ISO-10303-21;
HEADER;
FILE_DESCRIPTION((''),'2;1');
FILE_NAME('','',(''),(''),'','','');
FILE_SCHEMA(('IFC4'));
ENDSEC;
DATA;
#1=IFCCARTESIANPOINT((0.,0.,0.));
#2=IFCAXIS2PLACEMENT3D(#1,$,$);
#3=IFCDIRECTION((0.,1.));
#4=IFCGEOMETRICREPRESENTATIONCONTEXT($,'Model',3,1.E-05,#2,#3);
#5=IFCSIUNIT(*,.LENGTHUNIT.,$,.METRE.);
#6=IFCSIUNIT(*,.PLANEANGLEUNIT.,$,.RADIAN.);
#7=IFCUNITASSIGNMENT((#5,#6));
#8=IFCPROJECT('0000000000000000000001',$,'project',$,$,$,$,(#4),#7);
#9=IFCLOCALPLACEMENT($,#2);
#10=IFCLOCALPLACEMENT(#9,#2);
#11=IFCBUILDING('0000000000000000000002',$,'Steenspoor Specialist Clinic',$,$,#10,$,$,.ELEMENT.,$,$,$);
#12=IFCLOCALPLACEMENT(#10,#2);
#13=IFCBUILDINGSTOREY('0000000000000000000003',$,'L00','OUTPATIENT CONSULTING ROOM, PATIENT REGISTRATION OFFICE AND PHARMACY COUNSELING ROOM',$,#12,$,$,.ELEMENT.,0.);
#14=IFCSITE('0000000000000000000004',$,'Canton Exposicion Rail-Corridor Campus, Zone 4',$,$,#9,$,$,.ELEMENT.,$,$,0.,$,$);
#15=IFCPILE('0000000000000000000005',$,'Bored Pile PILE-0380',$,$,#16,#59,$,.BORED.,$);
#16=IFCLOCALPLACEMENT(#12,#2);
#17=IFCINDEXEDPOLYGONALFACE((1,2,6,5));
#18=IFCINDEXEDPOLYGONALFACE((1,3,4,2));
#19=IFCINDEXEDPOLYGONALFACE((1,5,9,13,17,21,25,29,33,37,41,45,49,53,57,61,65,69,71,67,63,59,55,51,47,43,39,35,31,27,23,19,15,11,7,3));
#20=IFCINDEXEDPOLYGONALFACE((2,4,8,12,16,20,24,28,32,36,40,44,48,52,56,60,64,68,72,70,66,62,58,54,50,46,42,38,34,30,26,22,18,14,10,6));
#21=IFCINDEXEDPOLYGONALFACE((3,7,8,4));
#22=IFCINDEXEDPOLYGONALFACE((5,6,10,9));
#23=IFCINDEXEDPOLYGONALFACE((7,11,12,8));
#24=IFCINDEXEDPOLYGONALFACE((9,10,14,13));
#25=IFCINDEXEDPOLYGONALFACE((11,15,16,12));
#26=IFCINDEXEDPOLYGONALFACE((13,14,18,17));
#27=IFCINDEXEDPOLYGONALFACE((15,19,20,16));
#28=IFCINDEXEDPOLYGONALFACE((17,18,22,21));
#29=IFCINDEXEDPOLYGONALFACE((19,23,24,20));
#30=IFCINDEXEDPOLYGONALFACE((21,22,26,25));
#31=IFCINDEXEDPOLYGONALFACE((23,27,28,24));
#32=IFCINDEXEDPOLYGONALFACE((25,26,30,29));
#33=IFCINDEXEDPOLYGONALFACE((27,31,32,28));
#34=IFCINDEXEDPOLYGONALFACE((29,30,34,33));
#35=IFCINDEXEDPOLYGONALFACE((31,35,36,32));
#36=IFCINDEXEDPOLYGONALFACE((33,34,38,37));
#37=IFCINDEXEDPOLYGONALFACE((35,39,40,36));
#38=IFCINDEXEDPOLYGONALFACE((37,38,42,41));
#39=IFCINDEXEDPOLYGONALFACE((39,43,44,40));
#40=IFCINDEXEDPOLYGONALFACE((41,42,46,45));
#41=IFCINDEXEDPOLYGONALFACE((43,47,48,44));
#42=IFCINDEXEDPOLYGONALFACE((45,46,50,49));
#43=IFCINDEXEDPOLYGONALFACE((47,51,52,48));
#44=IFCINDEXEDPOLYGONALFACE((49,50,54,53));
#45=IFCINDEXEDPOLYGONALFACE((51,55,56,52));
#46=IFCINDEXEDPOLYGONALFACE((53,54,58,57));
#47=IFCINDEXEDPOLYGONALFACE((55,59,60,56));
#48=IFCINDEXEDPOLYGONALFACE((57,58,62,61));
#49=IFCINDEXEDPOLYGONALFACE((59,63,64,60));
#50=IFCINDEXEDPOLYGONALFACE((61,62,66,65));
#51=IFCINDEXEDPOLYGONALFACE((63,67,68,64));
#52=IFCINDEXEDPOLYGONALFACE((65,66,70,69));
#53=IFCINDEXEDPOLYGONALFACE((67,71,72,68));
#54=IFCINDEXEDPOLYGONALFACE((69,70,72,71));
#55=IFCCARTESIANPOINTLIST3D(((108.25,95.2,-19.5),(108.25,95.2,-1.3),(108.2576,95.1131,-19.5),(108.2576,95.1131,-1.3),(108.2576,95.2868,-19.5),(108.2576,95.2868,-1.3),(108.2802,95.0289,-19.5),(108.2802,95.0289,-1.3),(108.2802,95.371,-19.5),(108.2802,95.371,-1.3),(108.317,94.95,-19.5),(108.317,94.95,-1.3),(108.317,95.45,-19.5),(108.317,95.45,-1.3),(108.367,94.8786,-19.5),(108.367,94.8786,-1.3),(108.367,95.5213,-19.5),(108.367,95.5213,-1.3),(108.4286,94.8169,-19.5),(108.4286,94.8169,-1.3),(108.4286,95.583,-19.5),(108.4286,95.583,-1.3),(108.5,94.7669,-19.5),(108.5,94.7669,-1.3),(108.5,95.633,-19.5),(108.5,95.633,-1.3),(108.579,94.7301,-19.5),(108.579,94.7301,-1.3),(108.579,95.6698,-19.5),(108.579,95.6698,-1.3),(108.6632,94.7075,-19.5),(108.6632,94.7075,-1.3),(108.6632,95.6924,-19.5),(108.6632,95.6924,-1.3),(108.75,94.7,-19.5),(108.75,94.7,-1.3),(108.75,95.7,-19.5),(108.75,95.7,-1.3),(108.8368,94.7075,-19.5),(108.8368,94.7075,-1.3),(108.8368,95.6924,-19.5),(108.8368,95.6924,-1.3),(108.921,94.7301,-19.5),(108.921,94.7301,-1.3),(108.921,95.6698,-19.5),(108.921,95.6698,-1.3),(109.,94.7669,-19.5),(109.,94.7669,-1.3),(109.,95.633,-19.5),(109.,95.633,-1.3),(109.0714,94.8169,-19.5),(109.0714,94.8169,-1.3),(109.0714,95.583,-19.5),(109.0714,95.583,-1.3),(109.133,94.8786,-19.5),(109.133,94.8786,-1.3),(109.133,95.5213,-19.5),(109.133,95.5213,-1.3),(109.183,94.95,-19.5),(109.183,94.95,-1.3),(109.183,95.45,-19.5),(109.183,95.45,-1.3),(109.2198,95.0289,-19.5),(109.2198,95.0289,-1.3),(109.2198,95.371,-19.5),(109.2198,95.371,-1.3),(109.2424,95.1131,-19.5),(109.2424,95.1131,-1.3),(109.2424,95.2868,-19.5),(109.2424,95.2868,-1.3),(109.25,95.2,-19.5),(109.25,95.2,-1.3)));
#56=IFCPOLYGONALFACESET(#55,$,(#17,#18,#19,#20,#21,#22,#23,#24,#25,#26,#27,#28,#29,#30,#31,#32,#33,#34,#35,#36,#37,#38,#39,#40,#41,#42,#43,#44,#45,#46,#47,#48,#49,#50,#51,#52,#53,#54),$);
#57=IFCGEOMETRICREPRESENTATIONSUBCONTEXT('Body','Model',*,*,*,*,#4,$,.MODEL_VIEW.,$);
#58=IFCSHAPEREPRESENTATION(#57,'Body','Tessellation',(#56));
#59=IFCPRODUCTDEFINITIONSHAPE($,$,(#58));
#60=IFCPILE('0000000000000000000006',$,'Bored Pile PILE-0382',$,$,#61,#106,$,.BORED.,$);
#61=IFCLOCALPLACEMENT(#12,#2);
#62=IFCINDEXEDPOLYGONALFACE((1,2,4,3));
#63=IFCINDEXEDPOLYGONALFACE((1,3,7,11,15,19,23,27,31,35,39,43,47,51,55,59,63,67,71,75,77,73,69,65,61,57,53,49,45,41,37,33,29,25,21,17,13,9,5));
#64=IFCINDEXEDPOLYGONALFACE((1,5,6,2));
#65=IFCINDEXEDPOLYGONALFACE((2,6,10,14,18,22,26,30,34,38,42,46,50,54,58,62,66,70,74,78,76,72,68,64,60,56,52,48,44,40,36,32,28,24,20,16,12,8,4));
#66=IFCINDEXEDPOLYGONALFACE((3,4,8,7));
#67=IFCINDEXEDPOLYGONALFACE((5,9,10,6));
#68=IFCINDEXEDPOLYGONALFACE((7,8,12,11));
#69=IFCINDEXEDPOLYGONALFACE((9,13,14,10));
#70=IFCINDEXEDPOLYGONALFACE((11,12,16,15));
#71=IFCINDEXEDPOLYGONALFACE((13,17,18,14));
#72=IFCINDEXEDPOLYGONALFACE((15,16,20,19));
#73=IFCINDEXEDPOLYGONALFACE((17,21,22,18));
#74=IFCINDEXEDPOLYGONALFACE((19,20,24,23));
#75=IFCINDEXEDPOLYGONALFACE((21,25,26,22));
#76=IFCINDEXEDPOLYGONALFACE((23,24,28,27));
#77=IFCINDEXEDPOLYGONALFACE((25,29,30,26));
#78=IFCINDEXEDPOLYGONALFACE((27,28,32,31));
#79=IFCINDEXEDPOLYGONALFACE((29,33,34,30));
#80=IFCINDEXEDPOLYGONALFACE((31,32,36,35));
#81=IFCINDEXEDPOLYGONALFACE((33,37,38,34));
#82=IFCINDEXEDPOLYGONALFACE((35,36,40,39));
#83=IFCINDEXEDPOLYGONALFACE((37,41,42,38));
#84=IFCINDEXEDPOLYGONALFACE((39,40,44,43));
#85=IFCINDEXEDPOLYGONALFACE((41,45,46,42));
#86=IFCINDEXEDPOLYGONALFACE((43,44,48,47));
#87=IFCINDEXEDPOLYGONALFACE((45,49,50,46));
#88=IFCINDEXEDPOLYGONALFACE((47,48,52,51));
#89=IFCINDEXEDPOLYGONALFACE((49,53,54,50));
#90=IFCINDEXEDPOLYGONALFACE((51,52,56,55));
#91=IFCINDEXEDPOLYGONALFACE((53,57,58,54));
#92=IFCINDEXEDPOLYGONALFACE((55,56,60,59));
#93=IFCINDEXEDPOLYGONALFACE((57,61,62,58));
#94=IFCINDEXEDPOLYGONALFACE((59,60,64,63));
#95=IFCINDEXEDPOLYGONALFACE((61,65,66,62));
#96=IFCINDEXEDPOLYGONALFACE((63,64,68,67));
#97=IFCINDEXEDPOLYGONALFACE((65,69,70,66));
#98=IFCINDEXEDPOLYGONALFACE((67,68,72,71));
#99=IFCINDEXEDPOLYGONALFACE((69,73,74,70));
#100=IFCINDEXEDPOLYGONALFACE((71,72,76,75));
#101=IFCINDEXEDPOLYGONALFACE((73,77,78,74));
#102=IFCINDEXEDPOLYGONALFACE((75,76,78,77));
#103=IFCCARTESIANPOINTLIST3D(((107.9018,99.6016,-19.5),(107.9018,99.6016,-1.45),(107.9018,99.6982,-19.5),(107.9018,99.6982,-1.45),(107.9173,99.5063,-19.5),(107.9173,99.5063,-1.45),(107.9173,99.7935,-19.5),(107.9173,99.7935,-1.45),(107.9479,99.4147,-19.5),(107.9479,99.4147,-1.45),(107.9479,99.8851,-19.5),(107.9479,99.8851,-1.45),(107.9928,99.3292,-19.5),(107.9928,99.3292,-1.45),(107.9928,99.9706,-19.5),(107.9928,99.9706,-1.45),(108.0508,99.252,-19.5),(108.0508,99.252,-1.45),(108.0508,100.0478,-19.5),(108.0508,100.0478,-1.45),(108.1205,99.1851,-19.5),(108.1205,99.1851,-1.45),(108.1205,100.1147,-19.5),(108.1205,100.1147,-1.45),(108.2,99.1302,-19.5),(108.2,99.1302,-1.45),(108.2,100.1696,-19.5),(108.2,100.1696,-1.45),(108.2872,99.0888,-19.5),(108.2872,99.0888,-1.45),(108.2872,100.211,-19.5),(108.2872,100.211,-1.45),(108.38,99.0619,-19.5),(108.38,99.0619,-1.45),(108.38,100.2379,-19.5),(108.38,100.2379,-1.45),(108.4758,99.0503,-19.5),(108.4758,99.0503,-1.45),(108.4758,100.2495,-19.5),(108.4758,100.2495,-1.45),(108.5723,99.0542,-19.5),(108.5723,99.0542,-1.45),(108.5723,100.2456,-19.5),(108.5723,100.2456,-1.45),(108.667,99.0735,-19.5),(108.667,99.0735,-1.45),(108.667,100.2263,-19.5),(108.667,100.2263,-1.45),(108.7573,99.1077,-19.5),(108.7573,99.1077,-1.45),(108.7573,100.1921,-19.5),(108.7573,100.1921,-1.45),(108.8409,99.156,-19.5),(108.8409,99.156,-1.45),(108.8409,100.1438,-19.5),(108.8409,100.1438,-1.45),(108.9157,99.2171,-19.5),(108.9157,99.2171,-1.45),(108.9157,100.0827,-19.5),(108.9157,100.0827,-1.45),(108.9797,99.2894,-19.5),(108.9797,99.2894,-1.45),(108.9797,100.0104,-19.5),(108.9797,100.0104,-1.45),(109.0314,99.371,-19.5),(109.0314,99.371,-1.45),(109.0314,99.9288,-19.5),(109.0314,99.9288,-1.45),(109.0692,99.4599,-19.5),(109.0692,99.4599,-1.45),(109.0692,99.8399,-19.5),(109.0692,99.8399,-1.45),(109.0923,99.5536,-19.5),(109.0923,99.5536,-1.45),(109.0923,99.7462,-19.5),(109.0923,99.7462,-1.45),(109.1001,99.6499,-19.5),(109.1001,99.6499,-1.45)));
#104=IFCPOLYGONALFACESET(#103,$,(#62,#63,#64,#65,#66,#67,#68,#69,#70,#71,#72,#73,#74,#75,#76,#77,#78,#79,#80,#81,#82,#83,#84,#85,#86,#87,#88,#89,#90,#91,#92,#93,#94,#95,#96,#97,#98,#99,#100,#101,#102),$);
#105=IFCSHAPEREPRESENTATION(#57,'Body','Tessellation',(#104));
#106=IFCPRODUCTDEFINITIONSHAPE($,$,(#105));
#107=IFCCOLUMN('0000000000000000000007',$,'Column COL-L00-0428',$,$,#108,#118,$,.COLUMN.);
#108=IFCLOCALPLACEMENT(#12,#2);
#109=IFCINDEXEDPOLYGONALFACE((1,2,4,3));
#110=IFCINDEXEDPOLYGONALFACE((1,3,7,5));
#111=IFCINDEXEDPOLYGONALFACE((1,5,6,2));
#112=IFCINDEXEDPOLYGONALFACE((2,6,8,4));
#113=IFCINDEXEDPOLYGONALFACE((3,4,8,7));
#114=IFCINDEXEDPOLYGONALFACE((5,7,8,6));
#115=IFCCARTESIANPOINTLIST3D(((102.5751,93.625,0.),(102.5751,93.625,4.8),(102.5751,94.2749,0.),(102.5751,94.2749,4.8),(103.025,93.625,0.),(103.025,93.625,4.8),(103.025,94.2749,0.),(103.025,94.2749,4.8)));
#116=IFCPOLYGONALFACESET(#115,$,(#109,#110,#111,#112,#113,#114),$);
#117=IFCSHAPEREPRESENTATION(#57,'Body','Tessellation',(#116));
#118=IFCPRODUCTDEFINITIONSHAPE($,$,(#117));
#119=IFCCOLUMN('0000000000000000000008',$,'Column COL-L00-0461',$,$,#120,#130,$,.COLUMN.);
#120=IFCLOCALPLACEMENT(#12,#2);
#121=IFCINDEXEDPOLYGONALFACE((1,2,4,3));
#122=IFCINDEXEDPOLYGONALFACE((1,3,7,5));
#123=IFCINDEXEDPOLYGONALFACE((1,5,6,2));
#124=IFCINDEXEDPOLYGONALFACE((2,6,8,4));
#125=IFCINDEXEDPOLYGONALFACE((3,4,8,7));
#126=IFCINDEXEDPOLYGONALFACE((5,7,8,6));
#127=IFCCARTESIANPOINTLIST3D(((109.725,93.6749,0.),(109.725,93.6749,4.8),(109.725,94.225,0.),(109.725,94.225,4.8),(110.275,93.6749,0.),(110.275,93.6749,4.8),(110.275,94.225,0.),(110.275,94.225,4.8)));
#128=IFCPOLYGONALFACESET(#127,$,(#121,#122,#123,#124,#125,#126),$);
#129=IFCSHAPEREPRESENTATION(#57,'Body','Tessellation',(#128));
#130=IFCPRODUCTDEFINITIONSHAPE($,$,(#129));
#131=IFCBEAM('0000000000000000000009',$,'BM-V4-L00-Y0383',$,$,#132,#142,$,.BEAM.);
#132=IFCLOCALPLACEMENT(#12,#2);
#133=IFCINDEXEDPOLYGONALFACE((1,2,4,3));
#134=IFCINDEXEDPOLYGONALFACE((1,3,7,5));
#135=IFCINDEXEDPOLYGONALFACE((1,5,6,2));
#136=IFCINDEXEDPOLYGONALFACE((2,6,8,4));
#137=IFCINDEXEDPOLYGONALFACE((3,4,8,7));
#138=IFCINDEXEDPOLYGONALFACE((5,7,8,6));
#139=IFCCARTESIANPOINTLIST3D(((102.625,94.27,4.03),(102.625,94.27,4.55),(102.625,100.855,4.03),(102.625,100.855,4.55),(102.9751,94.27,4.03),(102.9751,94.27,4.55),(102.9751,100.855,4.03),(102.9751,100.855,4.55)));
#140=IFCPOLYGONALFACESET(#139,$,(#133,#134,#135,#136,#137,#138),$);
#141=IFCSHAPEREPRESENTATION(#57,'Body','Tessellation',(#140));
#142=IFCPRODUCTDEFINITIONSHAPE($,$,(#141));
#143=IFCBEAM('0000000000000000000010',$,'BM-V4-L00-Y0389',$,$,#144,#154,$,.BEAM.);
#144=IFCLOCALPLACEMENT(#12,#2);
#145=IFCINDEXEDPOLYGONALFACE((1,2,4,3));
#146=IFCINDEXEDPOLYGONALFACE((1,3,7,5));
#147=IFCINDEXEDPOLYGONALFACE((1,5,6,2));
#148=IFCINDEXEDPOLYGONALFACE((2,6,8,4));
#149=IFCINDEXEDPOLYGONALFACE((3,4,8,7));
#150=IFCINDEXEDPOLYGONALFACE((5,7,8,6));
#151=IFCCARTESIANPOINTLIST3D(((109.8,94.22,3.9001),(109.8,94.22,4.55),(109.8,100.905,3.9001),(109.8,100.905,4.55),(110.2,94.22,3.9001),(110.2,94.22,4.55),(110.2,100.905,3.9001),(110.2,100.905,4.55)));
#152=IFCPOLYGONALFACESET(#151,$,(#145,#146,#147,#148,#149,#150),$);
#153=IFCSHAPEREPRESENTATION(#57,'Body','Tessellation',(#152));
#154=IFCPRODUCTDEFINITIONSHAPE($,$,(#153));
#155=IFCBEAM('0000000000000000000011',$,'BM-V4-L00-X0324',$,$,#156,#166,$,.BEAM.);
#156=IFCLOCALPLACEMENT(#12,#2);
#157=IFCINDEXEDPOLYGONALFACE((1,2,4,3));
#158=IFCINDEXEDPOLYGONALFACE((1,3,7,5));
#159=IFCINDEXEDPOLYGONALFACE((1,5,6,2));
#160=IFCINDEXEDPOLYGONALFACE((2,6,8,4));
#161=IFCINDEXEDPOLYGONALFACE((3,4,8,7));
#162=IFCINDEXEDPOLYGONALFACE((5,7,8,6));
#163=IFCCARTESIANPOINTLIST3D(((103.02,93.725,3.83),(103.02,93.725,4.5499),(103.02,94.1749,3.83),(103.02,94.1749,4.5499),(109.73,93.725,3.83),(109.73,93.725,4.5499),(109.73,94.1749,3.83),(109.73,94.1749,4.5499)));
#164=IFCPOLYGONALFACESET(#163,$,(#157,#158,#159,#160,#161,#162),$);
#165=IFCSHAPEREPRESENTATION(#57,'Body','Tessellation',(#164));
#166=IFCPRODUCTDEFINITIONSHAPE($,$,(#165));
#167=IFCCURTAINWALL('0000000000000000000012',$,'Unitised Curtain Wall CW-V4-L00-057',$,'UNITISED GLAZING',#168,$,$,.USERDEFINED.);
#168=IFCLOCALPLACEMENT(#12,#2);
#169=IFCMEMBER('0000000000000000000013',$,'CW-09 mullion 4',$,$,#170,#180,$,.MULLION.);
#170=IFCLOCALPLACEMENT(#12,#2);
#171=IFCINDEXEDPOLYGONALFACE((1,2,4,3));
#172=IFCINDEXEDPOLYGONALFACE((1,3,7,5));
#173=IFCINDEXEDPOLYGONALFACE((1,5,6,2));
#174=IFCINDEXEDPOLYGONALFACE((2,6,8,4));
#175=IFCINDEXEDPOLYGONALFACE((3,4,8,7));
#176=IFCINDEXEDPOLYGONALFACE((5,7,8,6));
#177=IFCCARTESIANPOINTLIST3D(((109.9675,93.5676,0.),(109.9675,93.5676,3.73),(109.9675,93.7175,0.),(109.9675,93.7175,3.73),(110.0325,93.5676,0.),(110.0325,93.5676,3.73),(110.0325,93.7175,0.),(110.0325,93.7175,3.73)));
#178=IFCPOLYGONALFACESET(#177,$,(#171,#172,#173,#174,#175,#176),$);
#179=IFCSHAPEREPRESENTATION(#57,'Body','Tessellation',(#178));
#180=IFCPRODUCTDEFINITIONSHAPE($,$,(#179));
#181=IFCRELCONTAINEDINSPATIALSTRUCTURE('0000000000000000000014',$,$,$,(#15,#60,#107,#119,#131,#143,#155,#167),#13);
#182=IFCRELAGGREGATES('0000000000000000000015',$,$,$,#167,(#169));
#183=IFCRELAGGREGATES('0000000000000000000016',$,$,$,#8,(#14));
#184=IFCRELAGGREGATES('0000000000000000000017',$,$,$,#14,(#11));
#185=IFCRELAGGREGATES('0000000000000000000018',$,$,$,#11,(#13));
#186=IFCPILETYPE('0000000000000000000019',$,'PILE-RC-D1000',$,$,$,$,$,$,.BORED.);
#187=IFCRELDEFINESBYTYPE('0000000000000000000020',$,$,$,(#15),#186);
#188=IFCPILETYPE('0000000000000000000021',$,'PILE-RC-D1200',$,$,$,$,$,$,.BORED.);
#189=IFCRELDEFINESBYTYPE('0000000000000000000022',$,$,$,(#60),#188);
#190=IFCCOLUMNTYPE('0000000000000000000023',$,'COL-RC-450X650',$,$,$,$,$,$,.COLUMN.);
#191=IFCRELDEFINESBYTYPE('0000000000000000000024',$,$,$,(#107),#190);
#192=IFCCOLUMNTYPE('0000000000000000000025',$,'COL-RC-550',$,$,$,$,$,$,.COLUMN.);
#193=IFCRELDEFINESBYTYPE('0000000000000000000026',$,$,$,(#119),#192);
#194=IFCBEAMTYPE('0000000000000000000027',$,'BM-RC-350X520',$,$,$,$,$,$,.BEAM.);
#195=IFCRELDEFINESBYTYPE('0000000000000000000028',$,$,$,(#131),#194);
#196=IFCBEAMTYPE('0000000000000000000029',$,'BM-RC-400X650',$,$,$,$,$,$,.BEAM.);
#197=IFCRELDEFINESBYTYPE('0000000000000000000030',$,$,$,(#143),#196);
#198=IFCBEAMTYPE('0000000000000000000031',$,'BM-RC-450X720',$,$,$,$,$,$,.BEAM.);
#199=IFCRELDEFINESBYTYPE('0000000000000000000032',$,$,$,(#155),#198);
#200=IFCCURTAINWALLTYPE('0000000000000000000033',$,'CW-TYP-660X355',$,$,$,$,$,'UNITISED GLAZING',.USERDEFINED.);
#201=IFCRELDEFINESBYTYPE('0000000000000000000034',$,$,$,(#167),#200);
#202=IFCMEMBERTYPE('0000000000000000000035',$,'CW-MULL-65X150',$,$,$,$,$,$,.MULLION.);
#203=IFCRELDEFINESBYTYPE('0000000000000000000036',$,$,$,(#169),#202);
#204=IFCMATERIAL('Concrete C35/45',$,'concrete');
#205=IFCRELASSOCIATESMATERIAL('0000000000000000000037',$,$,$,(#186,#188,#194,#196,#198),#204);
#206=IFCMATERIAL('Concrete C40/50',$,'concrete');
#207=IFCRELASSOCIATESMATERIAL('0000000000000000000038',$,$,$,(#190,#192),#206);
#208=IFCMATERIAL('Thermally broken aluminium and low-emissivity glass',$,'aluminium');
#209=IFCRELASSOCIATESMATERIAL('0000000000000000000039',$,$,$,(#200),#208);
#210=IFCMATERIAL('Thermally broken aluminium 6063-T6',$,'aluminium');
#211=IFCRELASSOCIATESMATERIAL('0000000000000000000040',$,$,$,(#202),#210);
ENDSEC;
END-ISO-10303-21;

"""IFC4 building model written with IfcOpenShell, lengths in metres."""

from ifc_helpers import new_model, si_unit, direction, frame, origin, origin_2d, place, context, subcontext, project, spatial, rectangle, circle, extrude, material, material_profile, profile_set, type_object, element, aggregate, save


model = new_model("IFC4")

# Units and contexts
model_context = context("Model", 3, precision=1e-05, world=origin(), true_north=direction((0.0, 1.0)))
body_context = subcontext(model_context, "Body", "Model", "MODEL_VIEW")
ifc_project = project(units=[si_unit("LENGTHUNIT", "METRE"), si_unit("PLANEANGLEUNIT", "RADIAN")], contexts=[model_context])

# Site, building, storey
site_placement = place(None, origin())
site = spatial("IfcSite", under=ifc_project, at=site_placement, Name="Canton Exposicion Rail-Corridor Campus, Zone 4", CompositionType="ELEMENT", RefElevation=0.0)
building_placement = place(site_placement, origin())
building = spatial("IfcBuilding", under=site, at=building_placement, Name="Steenspoor Specialist Clinic", CompositionType="ELEMENT")
storey_placement = place(building_placement, origin())
storey = spatial("IfcBuildingStorey", under=building, at=storey_placement, Name="L00", Description="OUTPATIENT CONSULTING ROOM, PATIENT REGISTRATION OFFICE AND PHARMACY COUNSELING ROOM", CompositionType="ELEMENT", Elevation=0.0)

# Shared definitions
ifc_material_1 = material(Name="Concrete C35/45", Category="concrete")

# Piles
ifc_material_profile_1 = material_profile(ifc_material_1, circle(Radius=0.5, at=origin_2d()), Name="PILE-D1000")
ifc_profile_set_1 = profile_set([ifc_material_profile_1], Name="Concrete C35/45")
pile_type_1 = type_object("IfcPileType", Name="PILE-RC-D1000", PredefinedType="BORED", material=ifc_profile_set_1)
for number, where, z_axis, x_axis, name in (
    (1, (108.75, 95.2, -1.3), (0.0, 0.0, -1.0), (1.0, 0.0, 0.0), "Bored Pile PILE-0380"),
):
    element("IfcPile", number, at=place(storey_placement, frame(where, z_axis=z_axis, x_axis=x_axis)), inside=storey, type_object=pile_type_1, Name=name, PredefinedType="BORED", context=body_context, shape_type="SweptSolid", body=[
        extrude(circle(Radius=0.5, at=origin_2d()), origin(), (0.0, 0.0, 1.0), 18.2),
    ])
ifc_material_profile_2 = material_profile(ifc_material_1, circle(Radius=0.6001, at=origin_2d()), Name="PILE-D1200")
ifc_profile_set_2 = profile_set([ifc_material_profile_2], Name="Concrete C35/45")
pile_type_2 = type_object("IfcPileType", Name="PILE-RC-D1200", PredefinedType="BORED", material=ifc_profile_set_2)
pile_placement = place(storey_placement, frame((108.5, 99.6499, -1.45), z_axis=(0.0, 0.0, -1.0), x_axis=(1.0, 0.0, 0.0)))
element("IfcPile", 2, at=pile_placement, inside=storey, type_object=pile_type_2, Name="Bored Pile PILE-0382", PredefinedType="BORED", context=body_context, shape_type="SweptSolid", body=[
    extrude(circle(Radius=0.6001, at=origin_2d()), origin(), (0.0, 0.0, 1.0), 18.05),
])

# Columns
ifc_material_2 = material(Name="Concrete C40/50", Category="concrete")
ifc_material_profile_3 = material_profile(ifc_material_2, rectangle(XDim=0.45, YDim=0.6499, at=origin_2d()), Name="RC-COL-450X650")
ifc_profile_set_3 = profile_set([ifc_material_profile_3], Name="Concrete C40/50")
column_type_1 = type_object("IfcColumnType", Name="COL-RC-450X650", PredefinedType="COLUMN", material=ifc_profile_set_3)
column_1_placement = place(storey_placement, frame((102.8, 93.95, 0.0), z_axis=(0.0, 0.0, 1.0), x_axis=(1.0, 0.0, 0.0)))
element("IfcColumn", 3, at=column_1_placement, inside=storey, type_object=column_type_1, Name="Column COL-L00-0428", PredefinedType="COLUMN", context=body_context, shape_type="SweptSolid", body=[
    extrude(rectangle(XDim=0.45, YDim=0.6499, at=origin_2d()), origin(), (0.0, 0.0, 1.0), 4.8),
])
ifc_material_profile_4 = material_profile(ifc_material_2, rectangle(XDim=0.55, YDim=0.55, at=origin_2d()), Name="RC-COL-550X550")
ifc_profile_set_4 = profile_set([ifc_material_profile_4], Name="Concrete C40/50")
column_type_2 = type_object("IfcColumnType", Name="COL-RC-550", PredefinedType="COLUMN", material=ifc_profile_set_4)
column_2_placement = place(storey_placement, frame((110.0, 93.95, 0.0), z_axis=(0.0, 0.0, 1.0), x_axis=(1.0, 0.0, 0.0)))
element("IfcColumn", 4, at=column_2_placement, inside=storey, type_object=column_type_2, Name="Column COL-L00-0461", PredefinedType="COLUMN", context=body_context, shape_type="SweptSolid", body=[
    extrude(rectangle(XDim=0.55, YDim=0.55, at=origin_2d()), origin(), (0.0, 0.0, 1.0), 4.8),
])

# Beams
ifc_material_profile_5 = material_profile(ifc_material_1, rectangle(XDim=0.3501, YDim=0.52, at=origin_2d()), Name="RC-BM-350X520")
ifc_profile_set_5 = profile_set([ifc_material_profile_5], Name="Concrete C35/45")
beam_type_1 = type_object("IfcBeamType", Name="BM-RC-350X520", PredefinedType="BEAM", material=ifc_profile_set_5)
beam_1_placement = place(storey_placement, frame((102.8, 94.27, 4.29), z_axis=(0.0, 1.0, 0.0), x_axis=(-1.0, 0.0, 0.0)))
element("IfcBeam", 5, at=beam_1_placement, inside=storey, type_object=beam_type_1, Name="BM-V4-L00-Y0383", PredefinedType="BEAM", context=body_context, shape_type="SweptSolid", body=[
    extrude(rectangle(XDim=0.3501, YDim=0.52, at=origin_2d()), origin(), (0.0, 0.0, 1.0), 6.585),
])
ifc_material_profile_6 = material_profile(ifc_material_1, rectangle(XDim=0.3999, YDim=0.6499, at=origin_2d()), Name="RC-BM-400X650")
ifc_profile_set_6 = profile_set([ifc_material_profile_6], Name="Concrete C35/45")
beam_type_2 = type_object("IfcBeamType", Name="BM-RC-400X650", PredefinedType="BEAM", material=ifc_profile_set_6)
beam_2_placement = place(storey_placement, frame((110.0, 94.22, 4.2251), z_axis=(0.0, 1.0, 0.0), x_axis=(-1.0, 0.0, 0.0)))
element("IfcBeam", 6, at=beam_2_placement, inside=storey, type_object=beam_type_2, Name="BM-V4-L00-Y0389", PredefinedType="BEAM", context=body_context, shape_type="SweptSolid", body=[
    extrude(rectangle(XDim=0.3999, YDim=0.6499, at=origin_2d()), origin(), (0.0, 0.0, 1.0), 6.6851),
])
ifc_material_profile_7 = material_profile(ifc_material_1, rectangle(XDim=0.45, YDim=0.72, at=origin_2d()), Name="RC-BM-450X720")
ifc_profile_set_7 = profile_set([ifc_material_profile_7], Name="Concrete C35/45")
beam_type_3 = type_object("IfcBeamType", Name="BM-RC-450X720", PredefinedType="BEAM", material=ifc_profile_set_7)
beam_3_placement = place(storey_placement, frame((103.02, 93.95, 4.1899), z_axis=(1.0, 0.0, 0.0), x_axis=(0.0, 1.0, 0.0)))
element("IfcBeam", 7, at=beam_3_placement, inside=storey, type_object=beam_type_3, Name="BM-V4-L00-X0324", PredefinedType="BEAM", context=body_context, shape_type="SweptSolid", body=[
    extrude(rectangle(XDim=0.45, YDim=0.72, at=origin_2d()), origin(), (0.0, 0.0, 1.0), 6.71),
])

# Curtain wall, member
ifc_material_3 = material(Name="Thermally broken aluminium and low-emissivity glass", Category="aluminium")
curtain_wall_type = type_object("IfcCurtainWallType", Name="CW-TYP-660X355", ElementType="UNITISED GLAZING", PredefinedType="USERDEFINED", material=ifc_material_3)
curtain_wall_placement = place(storey_placement, origin())
curtain_wall = element("IfcCurtainWall", 8, at=curtain_wall_placement, inside=storey, type_object=curtain_wall_type, Name="Unitised Curtain Wall CW-V4-L00-057", ObjectType="UNITISED GLAZING", PredefinedType="USERDEFINED")
ifc_material_4 = material(Name="Thermally broken aluminium 6063-T6", Category="aluminium")
ifc_material_profile_8 = material_profile(ifc_material_4, rectangle(XDim=0.0649, YDim=0.1499, at=origin_2d()), Name="CWM-65X150")
ifc_profile_set_8 = profile_set([ifc_material_profile_8], Name="Thermally broken aluminium 6063-T6")
member_type = type_object("IfcMemberType", Name="CW-MULL-65X150", PredefinedType="MULLION", material=ifc_profile_set_8)
member_placement = place(storey_placement, frame((110.0, 93.6426, 0.0), z_axis=(0.0, 0.0, 1.0), x_axis=(-1.0, 0.0, 0.0)))
member = element("IfcMember", 9, at=member_placement, type_object=member_type, Name="CW-09 mullion 4", PredefinedType="MULLION", context=body_context, shape_type="SweptSolid", body=[
    extrude(rectangle(XDim=0.0649, YDim=0.1499, at=origin_2d()), origin(), (0.0, 0.0, 1.0), 3.73),
])
aggregate(curtain_wall, [member])

save(model, "model.ifc")
